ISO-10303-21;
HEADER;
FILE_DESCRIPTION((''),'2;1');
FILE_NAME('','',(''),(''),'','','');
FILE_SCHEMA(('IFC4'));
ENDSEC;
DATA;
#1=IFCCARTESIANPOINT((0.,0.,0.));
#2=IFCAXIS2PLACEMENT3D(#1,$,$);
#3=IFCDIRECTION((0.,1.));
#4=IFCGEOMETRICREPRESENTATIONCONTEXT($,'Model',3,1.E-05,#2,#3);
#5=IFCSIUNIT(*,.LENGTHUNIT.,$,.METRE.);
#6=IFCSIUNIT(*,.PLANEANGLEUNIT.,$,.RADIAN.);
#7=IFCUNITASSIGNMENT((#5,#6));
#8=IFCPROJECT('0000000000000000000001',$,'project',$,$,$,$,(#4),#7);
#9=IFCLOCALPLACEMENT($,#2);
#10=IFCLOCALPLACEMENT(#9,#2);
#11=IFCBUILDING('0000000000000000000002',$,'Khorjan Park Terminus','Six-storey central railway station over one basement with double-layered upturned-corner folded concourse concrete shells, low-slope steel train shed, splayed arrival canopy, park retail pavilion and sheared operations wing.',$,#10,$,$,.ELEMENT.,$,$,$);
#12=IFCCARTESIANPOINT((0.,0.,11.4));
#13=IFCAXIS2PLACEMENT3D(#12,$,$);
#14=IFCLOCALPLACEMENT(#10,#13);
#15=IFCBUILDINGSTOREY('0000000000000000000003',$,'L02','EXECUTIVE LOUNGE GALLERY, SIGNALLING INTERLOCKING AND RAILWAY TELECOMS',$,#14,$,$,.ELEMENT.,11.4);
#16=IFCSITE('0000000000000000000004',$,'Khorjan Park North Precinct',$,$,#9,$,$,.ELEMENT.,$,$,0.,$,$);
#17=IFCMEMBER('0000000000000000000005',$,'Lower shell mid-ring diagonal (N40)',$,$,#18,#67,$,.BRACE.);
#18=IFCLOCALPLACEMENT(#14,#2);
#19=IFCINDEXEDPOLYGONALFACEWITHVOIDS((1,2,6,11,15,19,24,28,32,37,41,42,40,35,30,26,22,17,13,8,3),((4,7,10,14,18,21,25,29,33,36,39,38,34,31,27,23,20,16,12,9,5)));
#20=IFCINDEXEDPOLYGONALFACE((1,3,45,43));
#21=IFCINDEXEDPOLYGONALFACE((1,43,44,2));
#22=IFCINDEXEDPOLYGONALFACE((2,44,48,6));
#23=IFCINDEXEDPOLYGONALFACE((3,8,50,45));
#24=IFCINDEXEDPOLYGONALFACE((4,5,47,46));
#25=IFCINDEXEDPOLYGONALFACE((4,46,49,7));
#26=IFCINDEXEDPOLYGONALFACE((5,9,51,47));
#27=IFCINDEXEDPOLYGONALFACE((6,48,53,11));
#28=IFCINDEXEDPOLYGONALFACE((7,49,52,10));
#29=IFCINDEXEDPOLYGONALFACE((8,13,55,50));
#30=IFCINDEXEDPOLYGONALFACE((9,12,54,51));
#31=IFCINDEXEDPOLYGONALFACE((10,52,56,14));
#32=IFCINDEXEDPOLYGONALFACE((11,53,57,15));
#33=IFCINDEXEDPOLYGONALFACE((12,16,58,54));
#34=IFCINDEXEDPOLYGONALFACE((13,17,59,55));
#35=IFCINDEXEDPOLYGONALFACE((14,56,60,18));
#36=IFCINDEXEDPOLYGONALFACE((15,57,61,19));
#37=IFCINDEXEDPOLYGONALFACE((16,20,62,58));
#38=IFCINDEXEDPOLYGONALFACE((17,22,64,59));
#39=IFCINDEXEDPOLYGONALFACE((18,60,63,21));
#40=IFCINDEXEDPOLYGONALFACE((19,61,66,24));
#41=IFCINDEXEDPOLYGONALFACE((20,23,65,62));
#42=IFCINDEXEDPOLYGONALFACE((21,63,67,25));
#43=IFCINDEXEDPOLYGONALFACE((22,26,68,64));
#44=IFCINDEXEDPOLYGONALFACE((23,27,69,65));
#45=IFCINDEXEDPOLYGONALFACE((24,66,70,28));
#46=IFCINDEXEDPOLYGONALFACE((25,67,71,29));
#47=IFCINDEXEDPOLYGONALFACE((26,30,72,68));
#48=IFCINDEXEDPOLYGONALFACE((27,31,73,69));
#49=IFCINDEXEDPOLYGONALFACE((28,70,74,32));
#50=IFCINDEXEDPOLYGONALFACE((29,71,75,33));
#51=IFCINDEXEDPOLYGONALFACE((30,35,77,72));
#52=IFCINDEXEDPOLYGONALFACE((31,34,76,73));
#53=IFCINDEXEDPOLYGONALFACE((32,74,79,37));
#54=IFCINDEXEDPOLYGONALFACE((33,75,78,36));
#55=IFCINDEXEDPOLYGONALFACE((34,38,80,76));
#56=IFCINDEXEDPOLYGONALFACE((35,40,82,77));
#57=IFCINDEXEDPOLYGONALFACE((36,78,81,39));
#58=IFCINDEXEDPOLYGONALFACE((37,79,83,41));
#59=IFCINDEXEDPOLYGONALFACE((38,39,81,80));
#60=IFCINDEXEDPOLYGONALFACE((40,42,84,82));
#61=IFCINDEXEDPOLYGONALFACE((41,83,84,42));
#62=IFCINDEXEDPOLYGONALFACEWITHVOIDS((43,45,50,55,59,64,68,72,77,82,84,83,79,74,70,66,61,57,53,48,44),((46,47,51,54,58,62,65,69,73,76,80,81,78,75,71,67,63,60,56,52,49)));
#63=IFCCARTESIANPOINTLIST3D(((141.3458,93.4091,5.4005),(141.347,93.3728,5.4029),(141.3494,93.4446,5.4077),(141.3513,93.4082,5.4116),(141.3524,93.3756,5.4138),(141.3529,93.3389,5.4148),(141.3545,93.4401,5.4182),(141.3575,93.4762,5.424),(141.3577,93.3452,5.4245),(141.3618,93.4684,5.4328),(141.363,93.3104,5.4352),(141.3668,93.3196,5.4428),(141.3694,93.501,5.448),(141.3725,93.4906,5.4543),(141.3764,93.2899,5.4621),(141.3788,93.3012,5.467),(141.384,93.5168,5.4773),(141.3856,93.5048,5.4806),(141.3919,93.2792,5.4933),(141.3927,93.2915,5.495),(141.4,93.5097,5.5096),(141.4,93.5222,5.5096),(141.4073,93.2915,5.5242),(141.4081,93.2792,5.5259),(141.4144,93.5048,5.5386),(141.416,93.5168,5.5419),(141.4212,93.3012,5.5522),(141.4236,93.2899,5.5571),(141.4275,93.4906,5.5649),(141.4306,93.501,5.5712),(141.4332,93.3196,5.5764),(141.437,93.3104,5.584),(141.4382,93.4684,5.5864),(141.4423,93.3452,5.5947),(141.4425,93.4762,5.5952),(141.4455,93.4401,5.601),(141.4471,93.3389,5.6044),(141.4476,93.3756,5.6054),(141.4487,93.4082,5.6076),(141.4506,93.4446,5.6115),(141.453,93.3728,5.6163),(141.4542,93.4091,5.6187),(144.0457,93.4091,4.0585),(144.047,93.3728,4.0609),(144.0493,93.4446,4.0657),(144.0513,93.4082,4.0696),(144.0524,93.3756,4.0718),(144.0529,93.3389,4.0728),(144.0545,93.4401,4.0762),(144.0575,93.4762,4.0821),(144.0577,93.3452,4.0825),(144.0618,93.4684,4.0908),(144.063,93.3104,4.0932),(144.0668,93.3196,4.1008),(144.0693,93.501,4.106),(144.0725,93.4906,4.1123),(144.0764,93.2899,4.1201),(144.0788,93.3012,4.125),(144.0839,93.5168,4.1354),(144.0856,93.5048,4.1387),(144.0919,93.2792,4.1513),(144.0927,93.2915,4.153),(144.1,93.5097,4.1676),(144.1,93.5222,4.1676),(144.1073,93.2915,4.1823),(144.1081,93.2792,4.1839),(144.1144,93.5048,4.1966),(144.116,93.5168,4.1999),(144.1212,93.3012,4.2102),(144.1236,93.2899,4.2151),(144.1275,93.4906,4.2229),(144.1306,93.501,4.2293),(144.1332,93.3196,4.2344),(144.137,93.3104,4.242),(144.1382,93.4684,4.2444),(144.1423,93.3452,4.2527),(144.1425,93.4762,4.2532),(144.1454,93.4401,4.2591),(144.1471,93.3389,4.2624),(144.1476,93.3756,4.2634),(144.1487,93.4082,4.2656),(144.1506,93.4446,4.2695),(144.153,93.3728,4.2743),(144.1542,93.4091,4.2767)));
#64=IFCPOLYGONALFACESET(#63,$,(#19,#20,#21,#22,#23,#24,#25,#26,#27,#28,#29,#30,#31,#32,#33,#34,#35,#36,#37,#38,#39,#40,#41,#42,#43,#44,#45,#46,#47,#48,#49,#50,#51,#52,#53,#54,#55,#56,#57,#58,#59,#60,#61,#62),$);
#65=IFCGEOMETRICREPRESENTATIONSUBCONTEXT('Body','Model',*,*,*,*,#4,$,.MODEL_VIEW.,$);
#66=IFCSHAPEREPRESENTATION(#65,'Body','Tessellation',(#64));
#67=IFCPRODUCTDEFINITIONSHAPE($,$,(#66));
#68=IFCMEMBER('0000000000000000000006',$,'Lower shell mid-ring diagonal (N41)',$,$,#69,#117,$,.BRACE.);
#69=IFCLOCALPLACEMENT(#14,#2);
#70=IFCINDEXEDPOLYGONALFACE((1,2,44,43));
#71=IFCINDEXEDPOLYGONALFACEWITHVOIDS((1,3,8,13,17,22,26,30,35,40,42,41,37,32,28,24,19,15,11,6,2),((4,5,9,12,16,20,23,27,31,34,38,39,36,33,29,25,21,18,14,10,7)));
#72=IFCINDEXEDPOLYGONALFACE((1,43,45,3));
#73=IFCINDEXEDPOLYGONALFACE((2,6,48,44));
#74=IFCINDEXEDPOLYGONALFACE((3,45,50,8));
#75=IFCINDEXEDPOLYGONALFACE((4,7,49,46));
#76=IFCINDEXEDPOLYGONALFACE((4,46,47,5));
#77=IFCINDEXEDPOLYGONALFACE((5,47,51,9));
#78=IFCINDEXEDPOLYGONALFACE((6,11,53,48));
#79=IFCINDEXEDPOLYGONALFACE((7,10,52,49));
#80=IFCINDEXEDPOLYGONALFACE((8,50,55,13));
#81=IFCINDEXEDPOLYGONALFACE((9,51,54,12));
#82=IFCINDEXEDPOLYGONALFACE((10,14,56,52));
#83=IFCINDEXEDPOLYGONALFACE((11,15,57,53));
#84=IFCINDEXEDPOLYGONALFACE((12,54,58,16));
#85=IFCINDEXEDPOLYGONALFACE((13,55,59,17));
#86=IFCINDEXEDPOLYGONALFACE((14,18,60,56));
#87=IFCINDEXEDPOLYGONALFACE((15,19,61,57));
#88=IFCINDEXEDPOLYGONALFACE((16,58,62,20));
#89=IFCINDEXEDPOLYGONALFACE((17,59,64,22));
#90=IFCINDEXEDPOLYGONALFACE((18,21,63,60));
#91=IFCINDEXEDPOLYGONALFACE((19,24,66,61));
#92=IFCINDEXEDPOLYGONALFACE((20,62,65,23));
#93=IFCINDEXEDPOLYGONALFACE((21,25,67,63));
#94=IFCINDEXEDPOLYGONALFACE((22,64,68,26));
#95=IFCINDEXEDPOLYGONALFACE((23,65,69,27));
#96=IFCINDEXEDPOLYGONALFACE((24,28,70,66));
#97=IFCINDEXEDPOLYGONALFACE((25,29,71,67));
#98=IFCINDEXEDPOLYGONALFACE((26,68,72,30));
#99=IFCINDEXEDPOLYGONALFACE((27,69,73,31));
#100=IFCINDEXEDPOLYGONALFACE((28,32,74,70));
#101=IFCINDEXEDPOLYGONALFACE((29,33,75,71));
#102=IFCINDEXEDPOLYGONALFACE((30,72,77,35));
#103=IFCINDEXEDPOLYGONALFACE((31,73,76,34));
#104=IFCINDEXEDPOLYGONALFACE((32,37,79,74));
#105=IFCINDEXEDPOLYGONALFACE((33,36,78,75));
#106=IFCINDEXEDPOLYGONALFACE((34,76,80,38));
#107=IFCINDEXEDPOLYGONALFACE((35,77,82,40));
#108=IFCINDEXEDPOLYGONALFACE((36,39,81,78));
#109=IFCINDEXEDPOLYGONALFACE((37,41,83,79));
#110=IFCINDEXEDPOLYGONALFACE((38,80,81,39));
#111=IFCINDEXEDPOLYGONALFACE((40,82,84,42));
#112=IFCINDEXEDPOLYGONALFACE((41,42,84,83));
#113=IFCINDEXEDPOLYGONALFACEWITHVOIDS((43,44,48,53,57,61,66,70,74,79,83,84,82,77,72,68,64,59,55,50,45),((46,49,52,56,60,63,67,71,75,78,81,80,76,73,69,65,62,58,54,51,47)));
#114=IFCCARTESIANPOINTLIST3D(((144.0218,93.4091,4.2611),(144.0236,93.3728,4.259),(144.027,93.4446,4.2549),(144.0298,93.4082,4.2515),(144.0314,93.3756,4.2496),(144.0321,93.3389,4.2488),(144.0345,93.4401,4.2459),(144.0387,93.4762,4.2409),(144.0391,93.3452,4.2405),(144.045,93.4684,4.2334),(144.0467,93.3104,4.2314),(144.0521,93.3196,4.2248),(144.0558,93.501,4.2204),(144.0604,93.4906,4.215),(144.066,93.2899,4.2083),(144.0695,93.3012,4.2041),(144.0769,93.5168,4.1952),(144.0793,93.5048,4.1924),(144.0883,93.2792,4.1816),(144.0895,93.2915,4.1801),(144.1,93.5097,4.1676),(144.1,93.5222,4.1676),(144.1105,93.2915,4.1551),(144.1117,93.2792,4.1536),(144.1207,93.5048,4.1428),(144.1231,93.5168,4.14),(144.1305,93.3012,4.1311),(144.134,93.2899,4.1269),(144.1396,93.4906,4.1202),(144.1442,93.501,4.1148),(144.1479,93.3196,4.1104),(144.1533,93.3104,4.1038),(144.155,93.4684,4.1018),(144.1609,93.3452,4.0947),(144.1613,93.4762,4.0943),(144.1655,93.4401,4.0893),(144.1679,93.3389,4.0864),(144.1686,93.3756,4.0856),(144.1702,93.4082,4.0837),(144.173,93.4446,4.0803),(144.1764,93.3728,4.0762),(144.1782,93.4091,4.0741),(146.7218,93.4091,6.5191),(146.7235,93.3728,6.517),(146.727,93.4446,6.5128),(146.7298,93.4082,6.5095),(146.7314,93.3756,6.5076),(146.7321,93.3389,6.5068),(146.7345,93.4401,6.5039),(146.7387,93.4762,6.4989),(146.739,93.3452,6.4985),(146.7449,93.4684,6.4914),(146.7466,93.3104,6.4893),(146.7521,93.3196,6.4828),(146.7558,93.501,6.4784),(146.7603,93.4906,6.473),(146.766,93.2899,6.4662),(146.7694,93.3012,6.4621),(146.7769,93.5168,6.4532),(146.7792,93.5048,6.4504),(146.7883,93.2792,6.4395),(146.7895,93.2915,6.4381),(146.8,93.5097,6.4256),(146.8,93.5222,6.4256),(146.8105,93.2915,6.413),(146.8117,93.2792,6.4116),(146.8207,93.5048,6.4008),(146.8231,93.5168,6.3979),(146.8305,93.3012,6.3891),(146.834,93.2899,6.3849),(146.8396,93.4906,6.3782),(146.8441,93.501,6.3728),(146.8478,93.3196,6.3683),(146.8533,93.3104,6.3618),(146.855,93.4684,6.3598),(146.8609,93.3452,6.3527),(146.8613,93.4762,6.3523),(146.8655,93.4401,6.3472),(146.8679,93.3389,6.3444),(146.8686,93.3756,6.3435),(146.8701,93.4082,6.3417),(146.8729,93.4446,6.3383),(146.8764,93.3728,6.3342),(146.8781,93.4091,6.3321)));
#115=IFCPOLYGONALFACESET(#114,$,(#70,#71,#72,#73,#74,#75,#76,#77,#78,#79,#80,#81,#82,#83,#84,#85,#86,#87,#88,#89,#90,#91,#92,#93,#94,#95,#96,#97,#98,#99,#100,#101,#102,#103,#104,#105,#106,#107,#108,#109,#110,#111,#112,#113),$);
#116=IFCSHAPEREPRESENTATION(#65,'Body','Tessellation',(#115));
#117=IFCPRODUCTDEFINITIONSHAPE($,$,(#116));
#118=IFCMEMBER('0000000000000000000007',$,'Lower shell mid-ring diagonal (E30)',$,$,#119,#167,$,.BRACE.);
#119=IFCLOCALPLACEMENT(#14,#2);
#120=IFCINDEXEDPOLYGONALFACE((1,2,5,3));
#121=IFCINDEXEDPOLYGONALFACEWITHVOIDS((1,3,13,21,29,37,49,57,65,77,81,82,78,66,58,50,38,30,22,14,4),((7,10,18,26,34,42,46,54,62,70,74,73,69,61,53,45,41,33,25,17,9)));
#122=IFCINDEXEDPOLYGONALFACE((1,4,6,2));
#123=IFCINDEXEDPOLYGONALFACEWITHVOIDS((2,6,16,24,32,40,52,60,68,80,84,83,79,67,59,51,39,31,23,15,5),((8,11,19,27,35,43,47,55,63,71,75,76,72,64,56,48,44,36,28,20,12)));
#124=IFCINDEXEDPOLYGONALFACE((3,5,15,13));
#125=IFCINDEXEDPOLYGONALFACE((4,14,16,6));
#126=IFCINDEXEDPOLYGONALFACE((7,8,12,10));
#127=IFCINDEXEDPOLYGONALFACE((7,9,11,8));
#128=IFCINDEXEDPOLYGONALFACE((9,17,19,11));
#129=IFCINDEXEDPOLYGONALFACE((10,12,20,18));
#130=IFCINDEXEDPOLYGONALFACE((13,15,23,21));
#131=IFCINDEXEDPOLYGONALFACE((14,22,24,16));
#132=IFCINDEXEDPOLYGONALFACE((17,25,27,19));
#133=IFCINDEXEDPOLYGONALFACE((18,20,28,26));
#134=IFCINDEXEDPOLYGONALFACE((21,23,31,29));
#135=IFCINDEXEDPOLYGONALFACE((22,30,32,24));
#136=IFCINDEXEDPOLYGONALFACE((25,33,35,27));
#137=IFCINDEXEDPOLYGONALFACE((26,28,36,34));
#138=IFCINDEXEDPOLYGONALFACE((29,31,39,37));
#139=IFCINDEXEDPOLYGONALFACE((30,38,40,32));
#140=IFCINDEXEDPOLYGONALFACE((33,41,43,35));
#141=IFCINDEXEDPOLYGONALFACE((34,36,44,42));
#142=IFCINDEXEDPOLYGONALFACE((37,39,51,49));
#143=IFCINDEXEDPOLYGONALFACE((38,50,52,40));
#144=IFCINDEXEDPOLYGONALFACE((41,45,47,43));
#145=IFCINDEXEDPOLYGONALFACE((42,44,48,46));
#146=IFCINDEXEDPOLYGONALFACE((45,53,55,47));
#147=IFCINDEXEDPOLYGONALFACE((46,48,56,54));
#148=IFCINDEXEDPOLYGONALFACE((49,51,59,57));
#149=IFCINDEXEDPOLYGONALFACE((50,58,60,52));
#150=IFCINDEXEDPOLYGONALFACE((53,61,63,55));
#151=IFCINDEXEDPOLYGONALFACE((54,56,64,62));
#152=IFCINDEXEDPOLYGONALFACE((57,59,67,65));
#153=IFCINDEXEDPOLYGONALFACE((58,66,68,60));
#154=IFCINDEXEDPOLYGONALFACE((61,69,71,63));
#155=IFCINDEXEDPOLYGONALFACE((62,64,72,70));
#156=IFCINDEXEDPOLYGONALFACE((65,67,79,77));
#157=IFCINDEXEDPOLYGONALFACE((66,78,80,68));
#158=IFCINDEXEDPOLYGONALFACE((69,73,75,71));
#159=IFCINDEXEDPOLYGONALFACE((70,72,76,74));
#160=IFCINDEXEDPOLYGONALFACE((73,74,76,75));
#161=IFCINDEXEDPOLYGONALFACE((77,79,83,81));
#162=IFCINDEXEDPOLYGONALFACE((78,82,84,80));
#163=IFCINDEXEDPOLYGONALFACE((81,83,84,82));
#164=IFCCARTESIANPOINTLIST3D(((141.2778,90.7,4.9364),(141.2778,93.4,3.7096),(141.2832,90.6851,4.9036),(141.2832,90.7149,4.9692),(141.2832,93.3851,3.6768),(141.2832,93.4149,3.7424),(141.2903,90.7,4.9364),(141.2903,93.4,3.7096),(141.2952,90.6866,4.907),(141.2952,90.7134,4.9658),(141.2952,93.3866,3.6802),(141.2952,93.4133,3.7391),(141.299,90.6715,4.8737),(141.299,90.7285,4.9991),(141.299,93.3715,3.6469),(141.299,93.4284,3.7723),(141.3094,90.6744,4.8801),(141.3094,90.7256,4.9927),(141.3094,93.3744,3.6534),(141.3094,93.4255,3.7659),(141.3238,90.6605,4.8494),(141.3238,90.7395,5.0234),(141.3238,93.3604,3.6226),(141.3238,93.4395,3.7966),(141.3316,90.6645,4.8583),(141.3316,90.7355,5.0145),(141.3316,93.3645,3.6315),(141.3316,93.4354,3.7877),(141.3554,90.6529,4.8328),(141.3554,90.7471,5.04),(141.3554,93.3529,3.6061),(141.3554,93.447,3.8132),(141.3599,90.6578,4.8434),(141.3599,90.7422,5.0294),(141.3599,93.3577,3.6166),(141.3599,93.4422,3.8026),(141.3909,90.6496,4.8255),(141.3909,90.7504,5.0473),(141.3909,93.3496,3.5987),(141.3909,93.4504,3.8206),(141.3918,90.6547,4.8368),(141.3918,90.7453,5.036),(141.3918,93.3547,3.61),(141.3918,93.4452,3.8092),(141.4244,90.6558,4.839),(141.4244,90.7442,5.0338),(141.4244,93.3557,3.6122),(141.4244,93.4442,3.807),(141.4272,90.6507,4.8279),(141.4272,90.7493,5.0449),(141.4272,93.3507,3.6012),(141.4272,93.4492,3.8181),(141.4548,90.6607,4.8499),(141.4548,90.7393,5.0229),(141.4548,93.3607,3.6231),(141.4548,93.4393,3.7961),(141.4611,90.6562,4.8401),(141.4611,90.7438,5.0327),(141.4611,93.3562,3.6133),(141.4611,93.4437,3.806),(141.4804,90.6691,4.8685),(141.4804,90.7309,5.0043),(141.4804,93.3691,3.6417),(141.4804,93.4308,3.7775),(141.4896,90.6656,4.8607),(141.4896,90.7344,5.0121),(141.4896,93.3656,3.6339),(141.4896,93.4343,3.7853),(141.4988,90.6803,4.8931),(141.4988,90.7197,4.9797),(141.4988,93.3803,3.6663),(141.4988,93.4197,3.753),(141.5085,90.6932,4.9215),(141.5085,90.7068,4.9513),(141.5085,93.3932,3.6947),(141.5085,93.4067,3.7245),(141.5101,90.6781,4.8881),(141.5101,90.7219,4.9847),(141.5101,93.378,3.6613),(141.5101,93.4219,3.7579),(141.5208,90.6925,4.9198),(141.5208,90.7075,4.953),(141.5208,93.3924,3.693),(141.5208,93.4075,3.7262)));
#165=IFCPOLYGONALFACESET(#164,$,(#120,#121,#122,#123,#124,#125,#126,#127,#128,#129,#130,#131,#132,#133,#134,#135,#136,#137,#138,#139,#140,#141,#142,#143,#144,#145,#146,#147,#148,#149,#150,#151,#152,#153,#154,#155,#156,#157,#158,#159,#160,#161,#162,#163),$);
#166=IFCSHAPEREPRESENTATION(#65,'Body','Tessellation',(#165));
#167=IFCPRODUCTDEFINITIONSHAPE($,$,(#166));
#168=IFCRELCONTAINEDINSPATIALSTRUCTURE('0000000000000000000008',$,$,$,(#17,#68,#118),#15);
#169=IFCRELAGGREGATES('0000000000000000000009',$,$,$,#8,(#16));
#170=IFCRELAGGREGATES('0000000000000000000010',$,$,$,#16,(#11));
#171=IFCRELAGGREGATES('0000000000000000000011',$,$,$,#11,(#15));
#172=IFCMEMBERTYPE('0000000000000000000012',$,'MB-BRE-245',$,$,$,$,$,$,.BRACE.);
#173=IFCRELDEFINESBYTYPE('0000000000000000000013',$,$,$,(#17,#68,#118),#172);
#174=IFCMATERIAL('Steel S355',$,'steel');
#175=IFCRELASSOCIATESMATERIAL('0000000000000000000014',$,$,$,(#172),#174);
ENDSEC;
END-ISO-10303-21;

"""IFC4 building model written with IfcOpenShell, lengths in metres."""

from ifc_helpers import new_model, si_unit, direction, frame, origin, origin_2d, place, context, subcontext, project, spatial, hollow_circle, extrude, material, material_profile, profile_set, type_object, element, save


model = new_model("IFC4")

# Units and contexts
model_context = context("Model", 3, precision=1e-05, world=origin(), true_north=direction((0.0, 1.0)))
body_context = subcontext(model_context, "Body", "Model", "MODEL_VIEW")
ifc_project = project(units=[si_unit("LENGTHUNIT", "METRE"), si_unit("PLANEANGLEUNIT", "RADIAN")], contexts=[model_context])

# Site, building, storey
site_placement = place(None, origin())
site = spatial("IfcSite", under=ifc_project, at=site_placement, Name="Khorjan Park North Precinct", CompositionType="ELEMENT", RefElevation=0.0)
building_placement = place(site_placement, origin())
building = spatial("IfcBuilding", under=site, at=building_placement, Name="Khorjan Park Terminus", Description="Six-storey central railway station over one basement with double-layered upturned-corner folded concourse concrete shells, low-slope steel train shed, splayed arrival canopy, park retail pavilion and sheared operations wing.", CompositionType="ELEMENT")
storey_placement = place(building_placement, frame((0.0, 0.0, 11.4)))
storey = spatial("IfcBuildingStorey", under=building, at=storey_placement, Name="L02", Description="EXECUTIVE LOUNGE GALLERY, SIGNALLING INTERLOCKING AND RAILWAY TELECOMS", CompositionType="ELEMENT", Elevation=11.4)

# Shared definitions
ifc_material_1 = material(Name="Steel S355", Category="steel")

# Members
ifc_material_profile_1 = material_profile(ifc_material_1, hollow_circle(Radius=0.1222, WallThickness=0.0125, at=origin_2d()), Name="CHS 244.5x12.5")
ifc_profile_set_1 = profile_set([ifc_material_profile_1], Name="Steel S355")
member_type_1 = type_object("IfcMemberType", Name="MB-BRE-245", PredefinedType="BRACE", material=ifc_profile_set_1)
member_1_placement = place(storey_placement, frame((141.4, 93.4, 5.5096), z_axis=(0.895486, 0.0, -0.44509), x_axis=(0.0, 1.0, 0.0)))
element("IfcMember", 1, at=member_1_placement, inside=storey, type_object=member_type_1, Name="Lower shell mid-ring diagonal (N40)", PredefinedType="BRACE", context=body_context, shape_type="SweptSolid", body=[
    extrude(hollow_circle(Radius=0.1222, WallThickness=0.0125, at=origin_2d()), origin(), (0.0, 0.0, 1.0), 3.0151),
])
member_2_placement = place(storey_placement, frame((144.1, 93.4, 4.1676), z_axis=(0.767102, 0.0, 0.641525), x_axis=(0.0, 1.0, 0.0)))
element("IfcMember", 2, at=member_2_placement, inside=storey, type_object=member_type_1, Name="Lower shell mid-ring diagonal (N41)", PredefinedType="BRACE", context=body_context, shape_type="SweptSolid", body=[
    extrude(hollow_circle(Radius=0.1222, WallThickness=0.0125, at=origin_2d()), origin(), (0.0, 0.0, 1.0), 3.5197),
])
member_3_placement = place(storey_placement, frame((141.4, 90.7, 4.9364), z_axis=(0.0, 0.910427, -0.413671), x_axis=(-1.0, 0.0, 0.0)))
element("IfcMember", 3, at=member_3_placement, inside=storey, type_object=member_type_1, Name="Lower shell mid-ring diagonal (E30)", PredefinedType="BRACE", context=body_context, shape_type="SweptSolid", body=[
    extrude(hollow_circle(Radius=0.1222, WallThickness=0.0125, at=origin_2d()), origin(), (0.0, 0.0, 1.0), 2.9656),
])

save(model, "model.ifc")
